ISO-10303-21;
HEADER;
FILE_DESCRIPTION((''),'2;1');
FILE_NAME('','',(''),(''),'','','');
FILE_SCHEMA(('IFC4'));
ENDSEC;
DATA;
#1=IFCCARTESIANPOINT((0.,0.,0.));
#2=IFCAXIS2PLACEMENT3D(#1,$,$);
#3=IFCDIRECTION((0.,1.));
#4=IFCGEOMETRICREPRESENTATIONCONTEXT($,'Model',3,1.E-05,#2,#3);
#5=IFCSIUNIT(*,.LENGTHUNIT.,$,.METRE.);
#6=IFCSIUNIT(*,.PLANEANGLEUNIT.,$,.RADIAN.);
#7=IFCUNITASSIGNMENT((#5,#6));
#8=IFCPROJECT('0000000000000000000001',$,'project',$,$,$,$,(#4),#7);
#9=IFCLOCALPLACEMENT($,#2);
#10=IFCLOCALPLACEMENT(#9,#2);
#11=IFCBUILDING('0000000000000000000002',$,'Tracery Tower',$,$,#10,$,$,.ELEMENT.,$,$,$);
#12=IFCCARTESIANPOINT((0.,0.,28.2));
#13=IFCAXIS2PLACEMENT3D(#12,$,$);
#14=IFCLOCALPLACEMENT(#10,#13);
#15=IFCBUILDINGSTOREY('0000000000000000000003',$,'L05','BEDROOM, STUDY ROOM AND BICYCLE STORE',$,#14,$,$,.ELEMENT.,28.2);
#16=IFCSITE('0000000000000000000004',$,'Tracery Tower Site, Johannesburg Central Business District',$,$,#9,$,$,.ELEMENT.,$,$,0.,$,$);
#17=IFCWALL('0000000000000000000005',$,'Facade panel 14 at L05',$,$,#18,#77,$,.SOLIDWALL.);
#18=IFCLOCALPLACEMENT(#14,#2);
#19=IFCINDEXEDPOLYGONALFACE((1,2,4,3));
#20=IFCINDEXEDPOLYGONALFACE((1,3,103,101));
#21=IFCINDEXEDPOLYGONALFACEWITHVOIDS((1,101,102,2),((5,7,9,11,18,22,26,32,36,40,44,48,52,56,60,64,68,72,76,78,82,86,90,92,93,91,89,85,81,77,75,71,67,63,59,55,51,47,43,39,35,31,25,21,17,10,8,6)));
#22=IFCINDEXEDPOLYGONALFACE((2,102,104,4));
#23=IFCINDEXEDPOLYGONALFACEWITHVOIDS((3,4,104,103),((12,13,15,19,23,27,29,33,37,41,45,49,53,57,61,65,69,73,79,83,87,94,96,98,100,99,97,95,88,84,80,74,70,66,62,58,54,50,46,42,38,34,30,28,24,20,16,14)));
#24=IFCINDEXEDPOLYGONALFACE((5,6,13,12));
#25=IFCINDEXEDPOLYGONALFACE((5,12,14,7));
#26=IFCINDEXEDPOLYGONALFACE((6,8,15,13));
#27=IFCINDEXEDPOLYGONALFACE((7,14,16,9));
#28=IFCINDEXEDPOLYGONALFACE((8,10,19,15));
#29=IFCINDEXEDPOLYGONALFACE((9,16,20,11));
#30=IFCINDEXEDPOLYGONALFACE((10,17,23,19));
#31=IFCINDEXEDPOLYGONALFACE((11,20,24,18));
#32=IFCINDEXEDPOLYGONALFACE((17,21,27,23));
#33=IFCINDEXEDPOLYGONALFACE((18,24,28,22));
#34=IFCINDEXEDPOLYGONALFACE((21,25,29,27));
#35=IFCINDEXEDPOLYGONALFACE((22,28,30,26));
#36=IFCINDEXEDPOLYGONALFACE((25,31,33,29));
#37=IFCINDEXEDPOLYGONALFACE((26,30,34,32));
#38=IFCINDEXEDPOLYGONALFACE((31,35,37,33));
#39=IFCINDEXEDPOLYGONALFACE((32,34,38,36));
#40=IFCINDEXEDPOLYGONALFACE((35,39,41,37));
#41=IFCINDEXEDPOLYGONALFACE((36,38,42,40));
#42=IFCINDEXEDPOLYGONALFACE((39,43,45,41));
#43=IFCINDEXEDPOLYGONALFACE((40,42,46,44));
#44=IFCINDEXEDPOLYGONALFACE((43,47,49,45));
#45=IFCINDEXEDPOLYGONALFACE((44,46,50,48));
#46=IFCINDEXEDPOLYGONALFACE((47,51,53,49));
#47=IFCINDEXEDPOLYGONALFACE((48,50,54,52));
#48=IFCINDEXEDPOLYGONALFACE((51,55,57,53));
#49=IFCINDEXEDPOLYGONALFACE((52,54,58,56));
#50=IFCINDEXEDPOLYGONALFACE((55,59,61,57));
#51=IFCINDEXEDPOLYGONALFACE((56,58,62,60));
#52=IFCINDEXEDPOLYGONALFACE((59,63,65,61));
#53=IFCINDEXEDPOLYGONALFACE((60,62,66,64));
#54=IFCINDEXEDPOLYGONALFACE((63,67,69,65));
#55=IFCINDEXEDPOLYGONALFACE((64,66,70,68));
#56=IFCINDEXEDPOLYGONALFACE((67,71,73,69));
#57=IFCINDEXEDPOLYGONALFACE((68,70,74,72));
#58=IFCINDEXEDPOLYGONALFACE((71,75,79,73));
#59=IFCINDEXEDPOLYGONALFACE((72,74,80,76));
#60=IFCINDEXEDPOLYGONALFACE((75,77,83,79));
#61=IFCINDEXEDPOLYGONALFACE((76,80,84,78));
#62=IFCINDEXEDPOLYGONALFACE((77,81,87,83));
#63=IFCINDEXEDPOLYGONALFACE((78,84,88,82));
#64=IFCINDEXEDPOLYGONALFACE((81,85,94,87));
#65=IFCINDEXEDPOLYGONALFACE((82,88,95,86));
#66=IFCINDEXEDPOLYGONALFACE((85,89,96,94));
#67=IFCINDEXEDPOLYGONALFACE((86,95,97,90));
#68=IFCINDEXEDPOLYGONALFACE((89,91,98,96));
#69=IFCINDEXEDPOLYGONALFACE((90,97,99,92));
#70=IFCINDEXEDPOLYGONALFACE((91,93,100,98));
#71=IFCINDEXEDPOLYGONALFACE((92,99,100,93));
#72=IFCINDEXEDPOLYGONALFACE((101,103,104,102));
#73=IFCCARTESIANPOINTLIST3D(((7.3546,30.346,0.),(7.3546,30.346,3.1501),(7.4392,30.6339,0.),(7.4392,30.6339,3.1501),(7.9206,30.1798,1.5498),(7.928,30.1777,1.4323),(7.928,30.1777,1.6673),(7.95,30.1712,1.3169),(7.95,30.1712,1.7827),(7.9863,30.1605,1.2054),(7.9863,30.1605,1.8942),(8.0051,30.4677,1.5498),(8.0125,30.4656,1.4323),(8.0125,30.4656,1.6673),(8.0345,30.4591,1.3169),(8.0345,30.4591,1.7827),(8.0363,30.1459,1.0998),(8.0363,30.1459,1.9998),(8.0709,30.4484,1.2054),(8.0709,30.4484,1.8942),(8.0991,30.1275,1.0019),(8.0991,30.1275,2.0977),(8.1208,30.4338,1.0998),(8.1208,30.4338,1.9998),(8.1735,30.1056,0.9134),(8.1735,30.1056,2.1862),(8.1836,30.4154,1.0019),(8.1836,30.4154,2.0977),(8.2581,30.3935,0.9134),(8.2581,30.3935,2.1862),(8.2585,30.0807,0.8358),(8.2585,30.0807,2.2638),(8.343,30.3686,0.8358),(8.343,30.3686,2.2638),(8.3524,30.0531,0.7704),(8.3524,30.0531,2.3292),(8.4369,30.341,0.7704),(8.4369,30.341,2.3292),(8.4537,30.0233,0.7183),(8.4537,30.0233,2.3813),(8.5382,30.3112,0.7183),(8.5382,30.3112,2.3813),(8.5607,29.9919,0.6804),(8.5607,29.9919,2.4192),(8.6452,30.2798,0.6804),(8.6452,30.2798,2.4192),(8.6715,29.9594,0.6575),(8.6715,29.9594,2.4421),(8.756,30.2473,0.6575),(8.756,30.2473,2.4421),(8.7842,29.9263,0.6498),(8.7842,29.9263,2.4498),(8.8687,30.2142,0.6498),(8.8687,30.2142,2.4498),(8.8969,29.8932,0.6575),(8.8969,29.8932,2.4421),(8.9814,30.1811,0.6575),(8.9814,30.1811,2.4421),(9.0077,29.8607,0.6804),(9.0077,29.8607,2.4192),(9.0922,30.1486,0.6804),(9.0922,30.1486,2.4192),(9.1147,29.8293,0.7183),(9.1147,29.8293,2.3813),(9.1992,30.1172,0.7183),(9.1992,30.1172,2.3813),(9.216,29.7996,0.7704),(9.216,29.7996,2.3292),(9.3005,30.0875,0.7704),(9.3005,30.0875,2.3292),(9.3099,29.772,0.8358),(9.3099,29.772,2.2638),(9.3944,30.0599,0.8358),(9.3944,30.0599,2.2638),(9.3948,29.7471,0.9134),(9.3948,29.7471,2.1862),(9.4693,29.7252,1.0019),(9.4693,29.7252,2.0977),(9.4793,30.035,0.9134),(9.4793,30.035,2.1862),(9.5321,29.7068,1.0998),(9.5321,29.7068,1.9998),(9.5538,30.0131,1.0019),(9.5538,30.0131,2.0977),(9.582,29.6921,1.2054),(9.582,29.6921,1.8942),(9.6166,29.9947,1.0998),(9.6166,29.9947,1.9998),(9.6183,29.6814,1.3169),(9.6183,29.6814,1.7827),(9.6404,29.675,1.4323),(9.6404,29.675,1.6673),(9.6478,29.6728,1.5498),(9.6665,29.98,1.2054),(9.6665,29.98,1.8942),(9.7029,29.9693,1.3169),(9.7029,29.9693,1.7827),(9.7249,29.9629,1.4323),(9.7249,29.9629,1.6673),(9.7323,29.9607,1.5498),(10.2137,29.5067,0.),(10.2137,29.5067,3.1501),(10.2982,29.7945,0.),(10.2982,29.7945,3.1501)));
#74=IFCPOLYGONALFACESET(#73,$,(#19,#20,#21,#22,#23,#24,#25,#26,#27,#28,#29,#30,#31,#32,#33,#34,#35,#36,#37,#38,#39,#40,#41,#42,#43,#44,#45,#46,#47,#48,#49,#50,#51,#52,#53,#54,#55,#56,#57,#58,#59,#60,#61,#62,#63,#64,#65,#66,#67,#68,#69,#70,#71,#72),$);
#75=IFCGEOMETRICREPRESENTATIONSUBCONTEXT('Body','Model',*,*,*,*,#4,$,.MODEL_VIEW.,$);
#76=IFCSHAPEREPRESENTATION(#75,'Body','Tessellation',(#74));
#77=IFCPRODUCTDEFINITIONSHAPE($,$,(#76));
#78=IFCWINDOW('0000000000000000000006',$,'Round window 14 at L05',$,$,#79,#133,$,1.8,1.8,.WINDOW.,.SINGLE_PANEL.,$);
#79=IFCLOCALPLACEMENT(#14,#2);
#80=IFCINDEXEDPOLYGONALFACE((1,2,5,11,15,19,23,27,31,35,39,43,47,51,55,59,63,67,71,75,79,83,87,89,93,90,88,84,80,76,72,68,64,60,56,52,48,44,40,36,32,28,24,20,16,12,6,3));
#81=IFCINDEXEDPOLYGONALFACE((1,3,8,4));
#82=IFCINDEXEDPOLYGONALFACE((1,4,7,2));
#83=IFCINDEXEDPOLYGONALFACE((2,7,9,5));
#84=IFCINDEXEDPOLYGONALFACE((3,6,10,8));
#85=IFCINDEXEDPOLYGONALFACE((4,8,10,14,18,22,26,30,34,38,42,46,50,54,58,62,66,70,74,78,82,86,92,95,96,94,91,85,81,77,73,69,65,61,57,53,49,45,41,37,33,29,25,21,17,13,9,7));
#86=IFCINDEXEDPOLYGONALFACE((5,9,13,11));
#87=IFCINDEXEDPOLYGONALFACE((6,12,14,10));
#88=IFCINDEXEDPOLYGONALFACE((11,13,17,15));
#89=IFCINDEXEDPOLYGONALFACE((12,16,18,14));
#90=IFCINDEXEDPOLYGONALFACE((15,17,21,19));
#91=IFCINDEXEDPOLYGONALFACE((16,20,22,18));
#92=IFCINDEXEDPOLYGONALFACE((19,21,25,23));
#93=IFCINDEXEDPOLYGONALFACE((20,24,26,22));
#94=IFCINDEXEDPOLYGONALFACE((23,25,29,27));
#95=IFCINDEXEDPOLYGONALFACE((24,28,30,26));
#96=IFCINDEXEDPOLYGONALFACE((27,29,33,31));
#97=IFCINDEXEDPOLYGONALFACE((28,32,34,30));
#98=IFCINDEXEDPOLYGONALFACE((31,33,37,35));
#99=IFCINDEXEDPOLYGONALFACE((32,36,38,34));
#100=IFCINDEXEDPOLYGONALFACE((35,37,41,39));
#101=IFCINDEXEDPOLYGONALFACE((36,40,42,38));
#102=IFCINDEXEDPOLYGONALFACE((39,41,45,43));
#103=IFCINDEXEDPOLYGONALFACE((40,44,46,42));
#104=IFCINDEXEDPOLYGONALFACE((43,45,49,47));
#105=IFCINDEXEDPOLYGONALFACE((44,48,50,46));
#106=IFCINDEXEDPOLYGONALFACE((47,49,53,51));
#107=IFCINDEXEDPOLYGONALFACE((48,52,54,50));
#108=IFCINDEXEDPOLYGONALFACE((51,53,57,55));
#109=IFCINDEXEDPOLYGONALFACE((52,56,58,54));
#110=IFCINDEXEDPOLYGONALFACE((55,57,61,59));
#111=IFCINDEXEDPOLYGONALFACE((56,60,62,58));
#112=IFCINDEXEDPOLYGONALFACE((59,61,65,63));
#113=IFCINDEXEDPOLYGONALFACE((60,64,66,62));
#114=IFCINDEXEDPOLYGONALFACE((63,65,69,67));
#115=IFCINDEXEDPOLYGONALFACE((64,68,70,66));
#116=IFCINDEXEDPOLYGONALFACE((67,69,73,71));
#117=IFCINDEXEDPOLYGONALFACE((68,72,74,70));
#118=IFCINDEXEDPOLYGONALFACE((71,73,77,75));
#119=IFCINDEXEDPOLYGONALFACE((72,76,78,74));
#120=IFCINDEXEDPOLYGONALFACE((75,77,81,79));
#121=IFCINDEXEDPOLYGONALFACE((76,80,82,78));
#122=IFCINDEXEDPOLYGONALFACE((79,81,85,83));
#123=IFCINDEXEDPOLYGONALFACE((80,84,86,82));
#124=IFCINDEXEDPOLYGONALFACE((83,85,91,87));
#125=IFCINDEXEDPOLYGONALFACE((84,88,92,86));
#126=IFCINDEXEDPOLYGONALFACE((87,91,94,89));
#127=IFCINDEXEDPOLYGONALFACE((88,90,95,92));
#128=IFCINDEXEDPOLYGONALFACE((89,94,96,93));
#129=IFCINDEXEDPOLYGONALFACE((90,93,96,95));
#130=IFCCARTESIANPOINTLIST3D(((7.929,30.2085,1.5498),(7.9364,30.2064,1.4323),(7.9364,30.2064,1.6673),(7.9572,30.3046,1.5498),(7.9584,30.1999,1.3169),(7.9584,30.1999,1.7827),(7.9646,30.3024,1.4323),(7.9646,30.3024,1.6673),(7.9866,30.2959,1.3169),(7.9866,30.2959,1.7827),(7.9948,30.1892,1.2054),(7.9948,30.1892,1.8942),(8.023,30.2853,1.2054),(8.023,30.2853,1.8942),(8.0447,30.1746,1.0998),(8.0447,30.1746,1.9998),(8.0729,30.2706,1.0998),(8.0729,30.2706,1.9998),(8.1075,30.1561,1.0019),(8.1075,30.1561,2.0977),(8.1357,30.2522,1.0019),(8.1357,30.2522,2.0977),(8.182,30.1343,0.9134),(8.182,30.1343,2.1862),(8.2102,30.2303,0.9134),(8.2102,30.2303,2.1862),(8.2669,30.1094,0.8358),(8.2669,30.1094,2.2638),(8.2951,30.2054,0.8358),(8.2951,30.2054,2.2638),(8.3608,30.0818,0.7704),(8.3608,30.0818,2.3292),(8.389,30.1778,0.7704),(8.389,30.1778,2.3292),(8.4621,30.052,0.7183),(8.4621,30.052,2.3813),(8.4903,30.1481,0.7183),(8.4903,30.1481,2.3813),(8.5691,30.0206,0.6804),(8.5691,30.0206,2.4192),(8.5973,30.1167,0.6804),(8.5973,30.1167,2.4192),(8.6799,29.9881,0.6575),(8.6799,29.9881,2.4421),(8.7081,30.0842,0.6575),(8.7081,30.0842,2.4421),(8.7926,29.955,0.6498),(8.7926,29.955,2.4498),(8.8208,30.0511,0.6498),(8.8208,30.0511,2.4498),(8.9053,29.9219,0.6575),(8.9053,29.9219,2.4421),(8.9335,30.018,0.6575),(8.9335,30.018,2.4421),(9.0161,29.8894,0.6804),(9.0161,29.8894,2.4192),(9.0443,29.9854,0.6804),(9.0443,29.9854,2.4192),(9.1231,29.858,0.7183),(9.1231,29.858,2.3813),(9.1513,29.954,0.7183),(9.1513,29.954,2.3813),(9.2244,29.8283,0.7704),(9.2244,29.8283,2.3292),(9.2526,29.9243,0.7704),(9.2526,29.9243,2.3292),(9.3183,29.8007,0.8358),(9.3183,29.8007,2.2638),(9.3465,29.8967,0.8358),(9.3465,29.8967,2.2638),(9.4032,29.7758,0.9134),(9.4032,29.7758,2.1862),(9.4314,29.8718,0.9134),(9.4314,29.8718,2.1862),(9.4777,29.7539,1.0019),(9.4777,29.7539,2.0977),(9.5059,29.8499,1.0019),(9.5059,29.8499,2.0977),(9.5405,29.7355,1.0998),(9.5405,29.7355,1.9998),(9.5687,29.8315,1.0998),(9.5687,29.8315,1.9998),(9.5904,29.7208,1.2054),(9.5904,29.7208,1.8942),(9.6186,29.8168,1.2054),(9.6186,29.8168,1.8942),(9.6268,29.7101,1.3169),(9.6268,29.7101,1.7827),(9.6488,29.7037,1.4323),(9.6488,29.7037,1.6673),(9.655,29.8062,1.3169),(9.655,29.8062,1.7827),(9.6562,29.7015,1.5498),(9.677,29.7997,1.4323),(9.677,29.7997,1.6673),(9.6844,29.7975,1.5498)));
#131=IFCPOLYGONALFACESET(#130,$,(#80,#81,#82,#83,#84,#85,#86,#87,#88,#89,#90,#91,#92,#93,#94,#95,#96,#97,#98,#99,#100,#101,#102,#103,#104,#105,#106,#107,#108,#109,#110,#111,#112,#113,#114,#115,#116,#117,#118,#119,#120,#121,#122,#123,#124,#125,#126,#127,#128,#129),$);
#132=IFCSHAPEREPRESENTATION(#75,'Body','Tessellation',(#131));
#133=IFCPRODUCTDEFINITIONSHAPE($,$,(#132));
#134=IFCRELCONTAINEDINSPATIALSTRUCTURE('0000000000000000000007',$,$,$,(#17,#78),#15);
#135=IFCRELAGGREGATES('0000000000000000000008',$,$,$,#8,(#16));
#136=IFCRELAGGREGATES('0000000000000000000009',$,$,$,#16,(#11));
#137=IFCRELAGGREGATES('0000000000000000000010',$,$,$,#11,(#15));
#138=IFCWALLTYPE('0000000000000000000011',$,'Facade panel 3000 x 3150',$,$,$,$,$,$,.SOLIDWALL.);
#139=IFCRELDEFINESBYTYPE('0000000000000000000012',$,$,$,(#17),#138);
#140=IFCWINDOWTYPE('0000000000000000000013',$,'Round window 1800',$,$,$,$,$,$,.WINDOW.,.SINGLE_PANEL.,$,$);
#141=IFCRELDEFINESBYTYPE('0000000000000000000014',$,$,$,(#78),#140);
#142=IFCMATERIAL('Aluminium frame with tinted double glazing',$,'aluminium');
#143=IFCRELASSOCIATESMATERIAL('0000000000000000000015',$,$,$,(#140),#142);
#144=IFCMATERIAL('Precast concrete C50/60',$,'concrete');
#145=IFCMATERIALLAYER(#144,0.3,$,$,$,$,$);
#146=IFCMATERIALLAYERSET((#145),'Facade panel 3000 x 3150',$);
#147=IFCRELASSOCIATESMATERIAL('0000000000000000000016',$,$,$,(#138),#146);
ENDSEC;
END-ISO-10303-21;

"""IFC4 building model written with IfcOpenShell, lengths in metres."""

from ifc_helpers import new_model, si_unit, direction, frame, frame_2d, origin, origin_2d, place, context, subcontext, project, spatial, rectangle, circle, extrude, material, layer, layer_set, type_object, element, fill, save


model = new_model("IFC4")

# Units and contexts
model_context = context("Model", 3, precision=1e-05, world=origin(), true_north=direction((0.0, 1.0)))
body_context = subcontext(model_context, "Body", "Model", "MODEL_VIEW")
ifc_project = project(units=[si_unit("LENGTHUNIT", "METRE"), si_unit("PLANEANGLEUNIT", "RADIAN")], contexts=[model_context])

# Site, building, storey
site_placement = place(None, origin())
site = spatial("IfcSite", under=ifc_project, at=site_placement, Name="Tracery Tower Site, Johannesburg Central Business District", CompositionType="ELEMENT", RefElevation=0.0)
building_placement = place(site_placement, origin())
building = spatial("IfcBuilding", under=site, at=building_placement, Name="Tracery Tower", CompositionType="ELEMENT")
storey_placement = place(building_placement, frame((0.0, 0.0, 28.2)))
storey = spatial("IfcBuildingStorey", under=building, at=storey_placement, Name="L05", Description="BEDROOM, STUDY ROOM AND BICYCLE STORE", CompositionType="ELEMENT", Elevation=28.2)

# Wall, opening, window
ifc_material_1 = material(Name="Aluminium frame with tinted double glazing", Category="aluminium")
window_type = type_object("IfcWindowType", Name="Round window 1800", PartitioningType="SINGLE_PANEL", PredefinedType="WINDOW", material=ifc_material_1)
ifc_material_2 = material(Name="Precast concrete C50/60", Category="concrete")
ifc_layer_1 = layer(ifc_material_2, 0.3)
ifc_layer_set_1 = layer_set([ifc_layer_1], Name="Facade panel 3000 x 3150")
wall_type_1 = type_object("IfcWallType", Name="Facade panel 3000 x 3150", PredefinedType="SOLIDWALL", material=ifc_layer_set_1)
wall_1_placement = place(storey_placement, frame((10.2559, 29.6506, 0.0), z_axis=(0.0, 0.0, 1.0), x_axis=(-0.959508, 0.281683, 0.0)))
wall_1 = element("IfcWall", 1, at=wall_1_placement, inside=storey, type_object=wall_type_1, Name="Facade panel 14 at L05", PredefinedType="SOLIDWALL", context=body_context, shape_type="SweptSolid", body=[
    extrude(rectangle(XDim=2.9797, YDim=0.3, at=frame_2d((1.4897, 0.0))), origin(), (0.0, 0.0, 1.0), 3.1501),
])
opening_1_placement = place(wall_1_placement, frame((1.4897, 0.0, 1.5498)))
opening_1 = element("IfcOpeningElement", 2, at=opening_1_placement, cuts=wall_1, PredefinedType="OPENING", context=body_context, shape_type="SweptSolid", body=[
    extrude(circle(Radius=0.9, at=origin_2d()), frame((0.0, 0.1599, 0.0), z_axis=(0.0, -1.0, 0.0), x_axis=(1.0, 0.0, 0.0)), (0.0, 0.0, 1.0), 0.3201),
])
window_1_placement = place(opening_1_placement, origin())
window_1 = element("IfcWindow", 3, at=window_1_placement, inside=storey, type_object=window_type, Name="Round window 14 at L05", OverallHeight=1.8, OverallWidth=1.8, PartitioningType="SINGLE_PANEL", PredefinedType="WINDOW", context=body_context, shape_type="SweptSolid", body=[
    extrude(circle(Radius=0.9, at=origin_2d()), frame((0.0, 0.1201, 0.0), z_axis=(0.0, -1.0, 0.0), x_axis=(1.0, 0.0, 0.0)), (0.0, 0.0, 1.0), 0.1001),
])
fill(opening_1, window_1)

save(model, "model.ifc")
